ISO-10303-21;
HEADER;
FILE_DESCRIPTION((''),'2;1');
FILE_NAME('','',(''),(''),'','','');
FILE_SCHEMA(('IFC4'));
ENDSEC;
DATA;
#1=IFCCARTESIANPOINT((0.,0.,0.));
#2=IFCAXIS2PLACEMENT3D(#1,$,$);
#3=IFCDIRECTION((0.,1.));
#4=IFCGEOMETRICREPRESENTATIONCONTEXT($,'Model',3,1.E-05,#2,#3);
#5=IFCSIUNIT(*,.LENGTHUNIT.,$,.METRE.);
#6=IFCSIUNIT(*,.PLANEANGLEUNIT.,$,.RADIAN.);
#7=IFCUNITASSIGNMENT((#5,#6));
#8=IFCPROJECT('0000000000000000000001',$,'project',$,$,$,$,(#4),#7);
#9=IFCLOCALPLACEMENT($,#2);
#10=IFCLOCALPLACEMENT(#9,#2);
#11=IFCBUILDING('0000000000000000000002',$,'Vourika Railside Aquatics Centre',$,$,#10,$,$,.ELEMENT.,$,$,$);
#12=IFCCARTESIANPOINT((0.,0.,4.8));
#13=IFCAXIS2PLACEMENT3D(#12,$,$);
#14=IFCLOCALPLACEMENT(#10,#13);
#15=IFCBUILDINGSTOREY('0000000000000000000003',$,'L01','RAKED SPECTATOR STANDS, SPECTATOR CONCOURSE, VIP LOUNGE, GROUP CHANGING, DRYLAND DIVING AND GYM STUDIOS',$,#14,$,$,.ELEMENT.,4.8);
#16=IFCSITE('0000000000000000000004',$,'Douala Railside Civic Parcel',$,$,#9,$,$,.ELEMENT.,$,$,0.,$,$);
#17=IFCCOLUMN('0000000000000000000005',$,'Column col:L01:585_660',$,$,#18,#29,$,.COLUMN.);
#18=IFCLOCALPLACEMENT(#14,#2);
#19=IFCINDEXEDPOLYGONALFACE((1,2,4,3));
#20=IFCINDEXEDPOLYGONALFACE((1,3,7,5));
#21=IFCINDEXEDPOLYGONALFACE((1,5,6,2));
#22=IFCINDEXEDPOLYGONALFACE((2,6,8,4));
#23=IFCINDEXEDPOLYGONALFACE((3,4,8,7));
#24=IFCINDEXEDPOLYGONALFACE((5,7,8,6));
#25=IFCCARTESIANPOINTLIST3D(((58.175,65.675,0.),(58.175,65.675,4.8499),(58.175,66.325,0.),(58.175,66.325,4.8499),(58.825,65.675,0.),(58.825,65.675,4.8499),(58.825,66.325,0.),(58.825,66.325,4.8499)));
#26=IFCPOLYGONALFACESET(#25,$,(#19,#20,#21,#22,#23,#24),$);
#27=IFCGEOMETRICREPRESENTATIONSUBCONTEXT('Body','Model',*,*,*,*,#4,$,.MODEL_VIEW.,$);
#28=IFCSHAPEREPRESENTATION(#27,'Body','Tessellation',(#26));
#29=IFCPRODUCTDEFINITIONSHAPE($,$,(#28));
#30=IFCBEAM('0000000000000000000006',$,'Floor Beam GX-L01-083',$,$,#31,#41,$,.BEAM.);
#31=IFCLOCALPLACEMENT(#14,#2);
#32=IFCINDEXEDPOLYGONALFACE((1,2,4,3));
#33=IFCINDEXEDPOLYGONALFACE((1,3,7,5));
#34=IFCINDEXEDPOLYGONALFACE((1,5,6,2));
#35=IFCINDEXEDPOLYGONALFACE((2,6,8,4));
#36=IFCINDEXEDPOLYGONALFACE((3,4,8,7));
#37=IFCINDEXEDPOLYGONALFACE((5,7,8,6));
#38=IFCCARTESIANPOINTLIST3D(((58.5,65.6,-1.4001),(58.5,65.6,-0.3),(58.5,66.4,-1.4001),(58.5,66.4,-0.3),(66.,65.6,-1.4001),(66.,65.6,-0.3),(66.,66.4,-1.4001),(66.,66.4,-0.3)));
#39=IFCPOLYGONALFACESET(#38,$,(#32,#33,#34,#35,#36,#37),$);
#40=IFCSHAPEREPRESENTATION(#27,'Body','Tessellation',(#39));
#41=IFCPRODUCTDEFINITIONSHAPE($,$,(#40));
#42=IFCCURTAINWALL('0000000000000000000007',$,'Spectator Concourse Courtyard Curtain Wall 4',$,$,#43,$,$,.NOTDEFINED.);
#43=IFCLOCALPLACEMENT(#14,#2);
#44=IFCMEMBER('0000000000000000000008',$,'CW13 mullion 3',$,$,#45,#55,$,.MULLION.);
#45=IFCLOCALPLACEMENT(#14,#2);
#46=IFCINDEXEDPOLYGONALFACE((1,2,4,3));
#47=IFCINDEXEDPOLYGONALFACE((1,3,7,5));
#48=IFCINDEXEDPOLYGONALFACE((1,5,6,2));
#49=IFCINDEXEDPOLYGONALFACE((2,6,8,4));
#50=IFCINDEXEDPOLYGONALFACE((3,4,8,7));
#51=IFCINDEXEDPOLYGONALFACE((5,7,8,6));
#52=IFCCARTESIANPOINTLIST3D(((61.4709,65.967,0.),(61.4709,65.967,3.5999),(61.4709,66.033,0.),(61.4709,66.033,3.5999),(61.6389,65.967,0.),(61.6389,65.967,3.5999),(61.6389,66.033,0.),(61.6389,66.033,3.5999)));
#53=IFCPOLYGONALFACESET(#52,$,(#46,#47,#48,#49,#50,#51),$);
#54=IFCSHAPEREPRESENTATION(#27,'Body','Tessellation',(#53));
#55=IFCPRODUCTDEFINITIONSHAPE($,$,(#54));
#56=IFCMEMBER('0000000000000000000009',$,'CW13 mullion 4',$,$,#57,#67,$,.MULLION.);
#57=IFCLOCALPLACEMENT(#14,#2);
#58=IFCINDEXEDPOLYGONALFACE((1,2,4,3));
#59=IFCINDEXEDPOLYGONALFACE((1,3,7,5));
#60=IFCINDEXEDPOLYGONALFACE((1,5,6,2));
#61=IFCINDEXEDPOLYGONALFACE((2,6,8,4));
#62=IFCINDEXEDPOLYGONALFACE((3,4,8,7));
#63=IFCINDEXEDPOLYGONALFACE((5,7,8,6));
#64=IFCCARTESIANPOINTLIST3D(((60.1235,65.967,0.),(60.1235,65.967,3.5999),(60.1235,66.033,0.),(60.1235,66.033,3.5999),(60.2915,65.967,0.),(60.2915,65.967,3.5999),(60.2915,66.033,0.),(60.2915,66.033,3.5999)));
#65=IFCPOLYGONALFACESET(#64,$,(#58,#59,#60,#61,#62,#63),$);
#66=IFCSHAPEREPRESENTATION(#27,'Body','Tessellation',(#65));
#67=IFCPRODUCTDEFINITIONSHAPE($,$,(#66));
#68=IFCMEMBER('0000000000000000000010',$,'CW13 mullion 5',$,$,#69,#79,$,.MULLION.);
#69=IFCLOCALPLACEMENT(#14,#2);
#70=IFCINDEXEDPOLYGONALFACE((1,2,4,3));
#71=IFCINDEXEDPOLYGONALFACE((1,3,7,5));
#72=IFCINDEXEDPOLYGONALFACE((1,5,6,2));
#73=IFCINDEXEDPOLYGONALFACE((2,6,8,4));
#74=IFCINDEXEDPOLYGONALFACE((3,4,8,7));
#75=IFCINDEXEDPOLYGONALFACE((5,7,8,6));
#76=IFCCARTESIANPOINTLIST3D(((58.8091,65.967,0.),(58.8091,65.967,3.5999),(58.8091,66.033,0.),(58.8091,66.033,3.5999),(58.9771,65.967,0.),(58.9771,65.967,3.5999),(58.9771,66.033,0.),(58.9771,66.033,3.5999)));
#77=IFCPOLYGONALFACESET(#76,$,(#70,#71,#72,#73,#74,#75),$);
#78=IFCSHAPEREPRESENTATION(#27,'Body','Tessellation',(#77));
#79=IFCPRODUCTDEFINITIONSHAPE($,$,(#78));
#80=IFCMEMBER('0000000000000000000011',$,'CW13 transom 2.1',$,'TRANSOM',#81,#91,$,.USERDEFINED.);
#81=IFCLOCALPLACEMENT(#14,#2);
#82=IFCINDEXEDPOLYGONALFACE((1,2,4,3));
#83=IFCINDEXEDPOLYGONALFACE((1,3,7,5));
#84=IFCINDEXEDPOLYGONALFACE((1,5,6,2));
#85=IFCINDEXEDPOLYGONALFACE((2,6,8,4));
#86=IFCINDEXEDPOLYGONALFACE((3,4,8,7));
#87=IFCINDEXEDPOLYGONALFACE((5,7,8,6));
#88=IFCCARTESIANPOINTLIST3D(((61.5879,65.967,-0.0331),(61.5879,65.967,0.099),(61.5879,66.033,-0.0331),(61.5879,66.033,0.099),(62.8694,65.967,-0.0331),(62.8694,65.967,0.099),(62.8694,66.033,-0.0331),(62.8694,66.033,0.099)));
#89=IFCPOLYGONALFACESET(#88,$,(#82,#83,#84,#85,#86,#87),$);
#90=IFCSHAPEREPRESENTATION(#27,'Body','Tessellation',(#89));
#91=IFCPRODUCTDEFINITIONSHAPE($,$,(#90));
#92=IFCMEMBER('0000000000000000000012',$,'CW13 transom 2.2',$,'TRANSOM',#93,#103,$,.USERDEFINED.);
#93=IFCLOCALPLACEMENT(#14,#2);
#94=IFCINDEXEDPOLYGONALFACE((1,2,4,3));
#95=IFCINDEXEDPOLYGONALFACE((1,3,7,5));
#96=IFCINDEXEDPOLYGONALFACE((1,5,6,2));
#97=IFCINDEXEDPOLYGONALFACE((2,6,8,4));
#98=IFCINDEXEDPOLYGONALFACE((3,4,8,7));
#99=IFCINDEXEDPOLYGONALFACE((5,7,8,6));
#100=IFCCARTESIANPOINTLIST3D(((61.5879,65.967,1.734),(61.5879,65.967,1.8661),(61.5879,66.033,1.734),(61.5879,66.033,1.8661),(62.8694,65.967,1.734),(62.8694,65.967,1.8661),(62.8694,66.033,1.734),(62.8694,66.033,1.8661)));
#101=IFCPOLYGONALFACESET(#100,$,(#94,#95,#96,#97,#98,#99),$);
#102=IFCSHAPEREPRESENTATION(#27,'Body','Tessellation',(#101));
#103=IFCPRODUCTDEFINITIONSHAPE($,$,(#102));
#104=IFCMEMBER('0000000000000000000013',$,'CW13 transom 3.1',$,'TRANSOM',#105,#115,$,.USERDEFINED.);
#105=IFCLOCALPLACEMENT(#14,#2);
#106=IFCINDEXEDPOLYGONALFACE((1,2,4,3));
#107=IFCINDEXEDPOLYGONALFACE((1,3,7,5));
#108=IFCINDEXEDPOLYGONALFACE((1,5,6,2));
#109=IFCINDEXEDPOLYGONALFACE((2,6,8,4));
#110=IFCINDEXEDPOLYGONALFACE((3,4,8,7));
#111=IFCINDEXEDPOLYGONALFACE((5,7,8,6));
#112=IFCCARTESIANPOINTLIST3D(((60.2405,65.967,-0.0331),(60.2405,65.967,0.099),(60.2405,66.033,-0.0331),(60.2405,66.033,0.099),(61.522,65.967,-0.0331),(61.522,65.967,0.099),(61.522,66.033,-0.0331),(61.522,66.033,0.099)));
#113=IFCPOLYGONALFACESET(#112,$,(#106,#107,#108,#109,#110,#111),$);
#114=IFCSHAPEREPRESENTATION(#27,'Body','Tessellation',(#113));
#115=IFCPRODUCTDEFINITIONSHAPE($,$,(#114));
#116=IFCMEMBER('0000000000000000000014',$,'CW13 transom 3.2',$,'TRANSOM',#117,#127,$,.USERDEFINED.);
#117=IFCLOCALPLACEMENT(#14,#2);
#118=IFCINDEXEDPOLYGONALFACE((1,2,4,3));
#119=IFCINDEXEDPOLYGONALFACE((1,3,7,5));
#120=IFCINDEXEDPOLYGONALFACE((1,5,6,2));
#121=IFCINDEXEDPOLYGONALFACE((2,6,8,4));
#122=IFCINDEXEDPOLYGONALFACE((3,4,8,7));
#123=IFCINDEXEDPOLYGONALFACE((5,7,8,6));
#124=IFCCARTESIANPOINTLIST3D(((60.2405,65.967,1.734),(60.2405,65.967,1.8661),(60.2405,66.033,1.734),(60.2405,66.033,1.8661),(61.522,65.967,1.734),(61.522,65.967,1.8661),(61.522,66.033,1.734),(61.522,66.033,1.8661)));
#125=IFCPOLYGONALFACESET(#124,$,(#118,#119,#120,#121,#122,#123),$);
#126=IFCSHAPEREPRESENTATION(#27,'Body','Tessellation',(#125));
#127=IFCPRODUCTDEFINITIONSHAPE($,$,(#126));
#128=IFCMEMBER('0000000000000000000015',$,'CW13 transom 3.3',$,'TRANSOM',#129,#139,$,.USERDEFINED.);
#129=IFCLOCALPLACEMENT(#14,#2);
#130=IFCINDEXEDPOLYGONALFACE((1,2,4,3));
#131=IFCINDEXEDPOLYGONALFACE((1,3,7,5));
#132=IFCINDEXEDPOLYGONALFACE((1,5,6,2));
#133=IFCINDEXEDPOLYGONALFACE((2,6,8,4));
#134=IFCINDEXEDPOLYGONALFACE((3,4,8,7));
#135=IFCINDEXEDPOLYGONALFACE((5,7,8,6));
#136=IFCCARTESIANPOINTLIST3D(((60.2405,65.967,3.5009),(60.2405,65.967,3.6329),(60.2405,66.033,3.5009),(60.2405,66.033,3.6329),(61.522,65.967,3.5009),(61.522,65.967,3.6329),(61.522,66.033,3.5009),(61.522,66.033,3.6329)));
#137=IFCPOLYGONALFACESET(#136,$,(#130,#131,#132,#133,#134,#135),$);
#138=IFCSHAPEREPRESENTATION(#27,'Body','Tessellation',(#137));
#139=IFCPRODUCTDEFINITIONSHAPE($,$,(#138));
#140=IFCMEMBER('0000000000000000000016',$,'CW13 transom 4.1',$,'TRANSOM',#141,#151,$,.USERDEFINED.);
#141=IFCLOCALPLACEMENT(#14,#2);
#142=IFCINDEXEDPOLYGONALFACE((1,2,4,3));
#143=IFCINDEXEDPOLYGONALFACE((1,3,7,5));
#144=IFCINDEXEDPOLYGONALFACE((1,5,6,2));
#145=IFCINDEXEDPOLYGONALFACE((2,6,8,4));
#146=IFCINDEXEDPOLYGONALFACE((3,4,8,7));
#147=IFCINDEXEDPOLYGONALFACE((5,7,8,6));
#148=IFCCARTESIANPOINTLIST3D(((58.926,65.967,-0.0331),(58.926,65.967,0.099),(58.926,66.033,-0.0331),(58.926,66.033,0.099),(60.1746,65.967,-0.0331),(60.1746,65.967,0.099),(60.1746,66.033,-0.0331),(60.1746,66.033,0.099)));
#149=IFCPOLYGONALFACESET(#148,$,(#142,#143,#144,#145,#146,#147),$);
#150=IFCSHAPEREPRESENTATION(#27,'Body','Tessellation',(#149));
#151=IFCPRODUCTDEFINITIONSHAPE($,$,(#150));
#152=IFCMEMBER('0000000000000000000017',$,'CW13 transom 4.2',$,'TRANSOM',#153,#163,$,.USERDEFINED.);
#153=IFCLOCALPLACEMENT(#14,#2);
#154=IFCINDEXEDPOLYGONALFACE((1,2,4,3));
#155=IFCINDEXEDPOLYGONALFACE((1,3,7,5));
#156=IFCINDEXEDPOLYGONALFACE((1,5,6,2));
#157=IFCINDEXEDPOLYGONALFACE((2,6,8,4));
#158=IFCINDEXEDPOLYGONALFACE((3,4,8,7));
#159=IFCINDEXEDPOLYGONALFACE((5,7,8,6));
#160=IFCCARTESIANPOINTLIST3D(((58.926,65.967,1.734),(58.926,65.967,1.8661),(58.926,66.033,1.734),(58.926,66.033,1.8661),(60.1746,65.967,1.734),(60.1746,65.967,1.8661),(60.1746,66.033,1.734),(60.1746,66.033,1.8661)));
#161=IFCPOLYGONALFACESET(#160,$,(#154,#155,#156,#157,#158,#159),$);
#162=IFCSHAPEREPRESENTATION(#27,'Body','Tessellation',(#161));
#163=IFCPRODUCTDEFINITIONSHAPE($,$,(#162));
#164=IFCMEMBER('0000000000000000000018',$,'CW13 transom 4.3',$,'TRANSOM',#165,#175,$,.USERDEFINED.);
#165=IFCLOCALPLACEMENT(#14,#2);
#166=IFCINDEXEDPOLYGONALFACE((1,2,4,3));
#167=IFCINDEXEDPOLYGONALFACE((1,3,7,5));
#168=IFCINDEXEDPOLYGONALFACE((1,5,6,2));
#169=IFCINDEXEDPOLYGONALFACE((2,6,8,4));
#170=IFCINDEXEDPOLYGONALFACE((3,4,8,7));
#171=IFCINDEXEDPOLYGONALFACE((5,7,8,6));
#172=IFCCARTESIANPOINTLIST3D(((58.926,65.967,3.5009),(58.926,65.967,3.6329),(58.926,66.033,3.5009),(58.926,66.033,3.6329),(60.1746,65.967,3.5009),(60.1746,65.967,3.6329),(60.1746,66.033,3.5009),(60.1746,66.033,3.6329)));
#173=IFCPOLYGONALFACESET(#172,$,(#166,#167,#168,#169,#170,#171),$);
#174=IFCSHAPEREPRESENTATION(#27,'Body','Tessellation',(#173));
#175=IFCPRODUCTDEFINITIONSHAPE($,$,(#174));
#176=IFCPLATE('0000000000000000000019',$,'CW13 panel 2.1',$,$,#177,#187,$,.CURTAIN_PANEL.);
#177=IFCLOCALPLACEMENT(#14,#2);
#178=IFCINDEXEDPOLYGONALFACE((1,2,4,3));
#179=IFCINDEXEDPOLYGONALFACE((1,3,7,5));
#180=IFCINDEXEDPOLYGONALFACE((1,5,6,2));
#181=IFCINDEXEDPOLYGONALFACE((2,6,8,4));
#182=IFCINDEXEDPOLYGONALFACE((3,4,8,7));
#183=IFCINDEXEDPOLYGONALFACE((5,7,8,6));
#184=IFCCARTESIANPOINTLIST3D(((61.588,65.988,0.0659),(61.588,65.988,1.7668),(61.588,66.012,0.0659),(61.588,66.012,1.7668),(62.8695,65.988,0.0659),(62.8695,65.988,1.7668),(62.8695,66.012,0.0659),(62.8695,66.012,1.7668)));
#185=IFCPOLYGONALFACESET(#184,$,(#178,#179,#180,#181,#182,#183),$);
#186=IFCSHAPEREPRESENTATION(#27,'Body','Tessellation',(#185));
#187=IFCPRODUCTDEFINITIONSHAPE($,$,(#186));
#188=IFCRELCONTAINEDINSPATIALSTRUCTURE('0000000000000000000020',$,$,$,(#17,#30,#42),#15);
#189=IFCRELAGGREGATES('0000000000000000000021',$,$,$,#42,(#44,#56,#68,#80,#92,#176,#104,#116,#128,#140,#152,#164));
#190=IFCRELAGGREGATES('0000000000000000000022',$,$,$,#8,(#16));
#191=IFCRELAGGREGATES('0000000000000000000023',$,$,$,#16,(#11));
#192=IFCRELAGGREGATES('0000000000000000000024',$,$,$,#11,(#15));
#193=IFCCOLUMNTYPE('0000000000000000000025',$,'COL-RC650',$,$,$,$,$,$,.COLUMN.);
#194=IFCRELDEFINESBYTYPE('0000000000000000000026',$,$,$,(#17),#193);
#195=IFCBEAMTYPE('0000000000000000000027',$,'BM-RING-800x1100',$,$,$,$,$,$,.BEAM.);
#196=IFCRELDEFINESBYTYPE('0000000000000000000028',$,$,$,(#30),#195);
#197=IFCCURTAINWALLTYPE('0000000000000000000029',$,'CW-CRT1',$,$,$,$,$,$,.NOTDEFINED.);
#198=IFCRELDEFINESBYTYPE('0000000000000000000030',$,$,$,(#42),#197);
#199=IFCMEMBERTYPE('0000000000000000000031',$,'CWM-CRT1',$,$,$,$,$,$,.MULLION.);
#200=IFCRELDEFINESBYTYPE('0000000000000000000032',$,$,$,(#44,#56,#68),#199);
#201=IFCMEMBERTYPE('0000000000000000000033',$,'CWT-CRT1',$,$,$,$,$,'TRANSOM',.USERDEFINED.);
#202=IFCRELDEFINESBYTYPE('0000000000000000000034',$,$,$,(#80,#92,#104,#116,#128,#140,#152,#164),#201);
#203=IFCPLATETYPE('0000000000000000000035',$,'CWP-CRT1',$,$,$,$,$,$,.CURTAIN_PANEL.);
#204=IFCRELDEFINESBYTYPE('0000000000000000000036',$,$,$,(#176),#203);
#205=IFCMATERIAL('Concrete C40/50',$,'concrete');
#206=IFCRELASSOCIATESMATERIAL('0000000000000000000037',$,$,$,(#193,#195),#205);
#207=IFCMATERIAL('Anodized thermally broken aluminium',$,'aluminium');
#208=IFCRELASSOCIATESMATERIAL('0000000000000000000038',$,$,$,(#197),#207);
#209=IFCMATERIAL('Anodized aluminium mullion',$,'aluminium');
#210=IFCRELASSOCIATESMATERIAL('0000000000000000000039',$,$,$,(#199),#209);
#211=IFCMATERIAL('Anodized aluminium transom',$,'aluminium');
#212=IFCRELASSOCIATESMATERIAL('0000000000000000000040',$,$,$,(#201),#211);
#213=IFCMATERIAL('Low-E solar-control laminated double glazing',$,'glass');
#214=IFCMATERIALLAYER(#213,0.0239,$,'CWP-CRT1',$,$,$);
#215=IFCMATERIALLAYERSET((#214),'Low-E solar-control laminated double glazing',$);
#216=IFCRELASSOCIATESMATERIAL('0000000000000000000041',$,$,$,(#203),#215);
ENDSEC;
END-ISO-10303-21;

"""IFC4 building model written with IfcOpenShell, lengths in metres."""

from ifc_helpers import new_model, si_unit, direction, frame, origin, origin_2d, place, context, subcontext, project, spatial, rectangle, extrude, material, layer, layer_set, material_profile, profile_set, type_object, element, aggregate, save


model = new_model("IFC4")

# Units and contexts
model_context = context("Model", 3, precision=1e-05, world=origin(), true_north=direction((0.0, 1.0)))
body_context = subcontext(model_context, "Body", "Model", "MODEL_VIEW")
ifc_project = project(units=[si_unit("LENGTHUNIT", "METRE"), si_unit("PLANEANGLEUNIT", "RADIAN")], contexts=[model_context])

# Site, building, storey
site_placement = place(None, origin())
site = spatial("IfcSite", under=ifc_project, at=site_placement, Name="Douala Railside Civic Parcel", CompositionType="ELEMENT", RefElevation=0.0)
building_placement = place(site_placement, origin())
building = spatial("IfcBuilding", under=site, at=building_placement, Name="Vourika Railside Aquatics Centre", CompositionType="ELEMENT")
storey_placement = place(building_placement, frame((0.0, 0.0, 4.8)))
storey = spatial("IfcBuildingStorey", under=building, at=storey_placement, Name="L01", Description="RAKED SPECTATOR STANDS, SPECTATOR CONCOURSE, VIP LOUNGE, GROUP CHANGING, DRYLAND DIVING AND GYM STUDIOS", CompositionType="ELEMENT", Elevation=4.8)

# Column
ifc_material_1 = material(Name="Concrete C40/50", Category="concrete")
ifc_material_profile_1 = material_profile(ifc_material_1, rectangle(XDim=0.6499, YDim=0.6499, at=origin_2d()), Name="RC 650x650")
ifc_profile_set_1 = profile_set([ifc_material_profile_1], Name="Concrete C40/50")
column_type = type_object("IfcColumnType", Name="COL-RC650", PredefinedType="COLUMN", material=ifc_profile_set_1)
column_placement = place(storey_placement, frame((58.5, 66.0, 0.0), z_axis=(0.0, 0.0, 1.0), x_axis=(1.0, 0.0, 0.0)))
element("IfcColumn", 1, at=column_placement, inside=storey, type_object=column_type, Name="Column col:L01:585_660", PredefinedType="COLUMN", context=body_context, shape_type="SweptSolid", body=[
    extrude(rectangle(XDim=0.6499, YDim=0.6499, at=origin_2d()), origin(), (0.0, 0.0, 1.0), 4.8499),
])

# Beam
ifc_material_profile_2 = material_profile(ifc_material_1, rectangle(XDim=0.8, YDim=1.1001, at=origin_2d()), Name="RC 800x1100")
ifc_profile_set_2 = profile_set([ifc_material_profile_2], Name="Concrete C40/50")
beam_type = type_object("IfcBeamType", Name="BM-RING-800x1100", PredefinedType="BEAM", material=ifc_profile_set_2)
beam_placement = place(storey_placement, frame((58.5, 66.0, -0.8501), z_axis=(1.0, 0.0, 0.0), x_axis=(0.0, 1.0, 0.0)))
element("IfcBeam", 2, at=beam_placement, inside=storey, type_object=beam_type, Name="Floor Beam GX-L01-083", PredefinedType="BEAM", context=body_context, shape_type="SweptSolid", body=[
    extrude(rectangle(XDim=0.8, YDim=1.1001, at=origin_2d()), origin(), (0.0, 0.0, 1.0), 7.5),
])

# Curtain wall, members, plate
ifc_material_2 = material(Name="Anodized thermally broken aluminium", Category="aluminium")
curtain_wall_type = type_object("IfcCurtainWallType", Name="CW-CRT1", PredefinedType="NOTDEFINED", material=ifc_material_2)
curtain_wall_placement = place(storey_placement, origin())
curtain_wall = element("IfcCurtainWall", 3, at=curtain_wall_placement, inside=storey, type_object=curtain_wall_type, Name="Spectator Concourse Courtyard Curtain Wall 4", PredefinedType="NOTDEFINED")
ifc_material_3 = material(Name="Anodized aluminium mullion", Category="aluminium")
ifc_material_profile_3 = material_profile(ifc_material_3, rectangle(XDim=0.0659, YDim=0.168, at=origin_2d()), Name="ALU-M 66x168")
ifc_profile_set_3 = profile_set([ifc_material_profile_3], Name="Anodized aluminium mullion")
member_type_1 = type_object("IfcMemberType", Name="CWM-CRT1", PredefinedType="MULLION", material=ifc_profile_set_3)
member_1_placement = place(storey_placement, frame((61.5549, 66.0, 0.0), z_axis=(0.0, 0.0, 1.0), x_axis=(0.0, -1.0, 0.0)))
member_1 = element("IfcMember", 4, at=member_1_placement, type_object=member_type_1, Name="CW13 mullion 3", PredefinedType="MULLION", context=body_context, shape_type="SweptSolid", body=[
    extrude(rectangle(XDim=0.0659, YDim=0.168, at=origin_2d()), origin(), (0.0, 0.0, 1.0), 3.5999),
])
member_2_placement = place(storey_placement, frame((60.2075, 66.0, 0.0), z_axis=(0.0, 0.0, 1.0), x_axis=(0.0, -1.0, 0.0)))
member_2 = element("IfcMember", 5, at=member_2_placement, type_object=member_type_1, Name="CW13 mullion 4", PredefinedType="MULLION", context=body_context, shape_type="SweptSolid", body=[
    extrude(rectangle(XDim=0.0659, YDim=0.168, at=origin_2d()), origin(), (0.0, 0.0, 1.0), 3.5999),
])
member_3_placement = place(storey_placement, frame((58.8931, 66.0, 0.0), z_axis=(0.0, 0.0, 1.0), x_axis=(0.0, -1.0, 0.0)))
member_3 = element("IfcMember", 6, at=member_3_placement, type_object=member_type_1, Name="CW13 mullion 5", PredefinedType="MULLION", context=body_context, shape_type="SweptSolid", body=[
    extrude(rectangle(XDim=0.0659, YDim=0.168, at=origin_2d()), origin(), (0.0, 0.0, 1.0), 3.5999),
])
ifc_material_4 = material(Name="Anodized aluminium transom", Category="aluminium")
ifc_material_profile_4 = material_profile(ifc_material_4, rectangle(XDim=0.0659, YDim=0.1321, at=origin_2d()), Name="ALU-T 66x132")
ifc_profile_set_4 = profile_set([ifc_material_profile_4], Name="Anodized aluminium transom")
member_type_2 = type_object("IfcMemberType", Name="CWT-CRT1", ElementType="TRANSOM", PredefinedType="USERDEFINED", material=ifc_profile_set_4)
member_4_placement = place(storey_placement, frame((62.8694, 66.0, 0.033), z_axis=(-1.0, 0.0, 0.0), x_axis=(0.0, -1.0, 0.0)))
member_4 = element("IfcMember", 7, at=member_4_placement, type_object=member_type_2, Name="CW13 transom 2.1", ObjectType="TRANSOM", PredefinedType="USERDEFINED", context=body_context, shape_type="SweptSolid", body=[
    extrude(rectangle(XDim=0.0659, YDim=0.1321, at=origin_2d()), origin(), (0.0, 0.0, 1.0), 1.2815),
])
member_5_placement = place(storey_placement, frame((62.8694, 66.0, 1.8), z_axis=(-1.0, 0.0, 0.0), x_axis=(0.0, -1.0, 0.0)))
member_5 = element("IfcMember", 8, at=member_5_placement, type_object=member_type_2, Name="CW13 transom 2.2", ObjectType="TRANSOM", PredefinedType="USERDEFINED", context=body_context, shape_type="SweptSolid", body=[
    extrude(rectangle(XDim=0.0659, YDim=0.1321, at=origin_2d()), origin(), (0.0, 0.0, 1.0), 1.2815),
])
member_6_placement = place(storey_placement, frame((61.522, 66.0, 0.033), z_axis=(-1.0, 0.0, 0.0), x_axis=(0.0, -1.0, 0.0)))
member_6 = element("IfcMember", 9, at=member_6_placement, type_object=member_type_2, Name="CW13 transom 3.1", ObjectType="TRANSOM", PredefinedType="USERDEFINED", context=body_context, shape_type="SweptSolid", body=[
    extrude(rectangle(XDim=0.0659, YDim=0.1321, at=origin_2d()), origin(), (0.0, 0.0, 1.0), 1.2815),
])
member_7_placement = place(storey_placement, frame((61.522, 66.0, 1.8), z_axis=(-1.0, 0.0, 0.0), x_axis=(0.0, -1.0, 0.0)))
member_7 = element("IfcMember", 10, at=member_7_placement, type_object=member_type_2, Name="CW13 transom 3.2", ObjectType="TRANSOM", PredefinedType="USERDEFINED", context=body_context, shape_type="SweptSolid", body=[
    extrude(rectangle(XDim=0.0659, YDim=0.1321, at=origin_2d()), origin(), (0.0, 0.0, 1.0), 1.2815),
])
member_8_placement = place(storey_placement, frame((61.522, 66.0, 3.5669), z_axis=(-1.0, 0.0, 0.0), x_axis=(0.0, -1.0, 0.0)))
member_8 = element("IfcMember", 11, at=member_8_placement, type_object=member_type_2, Name="CW13 transom 3.3", ObjectType="TRANSOM", PredefinedType="USERDEFINED", context=body_context, shape_type="SweptSolid", body=[
    extrude(rectangle(XDim=0.0659, YDim=0.1321, at=origin_2d()), origin(), (0.0, 0.0, 1.0), 1.2815),
])
member_9_placement = place(storey_placement, frame((60.1746, 66.0, 0.033), z_axis=(-1.0, 0.0, 0.0), x_axis=(0.0, -1.0, 0.0)))
member_9 = element("IfcMember", 12, at=member_9_placement, type_object=member_type_2, Name="CW13 transom 4.1", ObjectType="TRANSOM", PredefinedType="USERDEFINED", context=body_context, shape_type="SweptSolid", body=[
    extrude(rectangle(XDim=0.0659, YDim=0.1321, at=origin_2d()), origin(), (0.0, 0.0, 1.0), 1.2485),
])
member_10_placement = place(storey_placement, frame((60.1746, 66.0, 1.8), z_axis=(-1.0, 0.0, 0.0), x_axis=(0.0, -1.0, 0.0)))
member_10 = element("IfcMember", 13, at=member_10_placement, type_object=member_type_2, Name="CW13 transom 4.2", ObjectType="TRANSOM", PredefinedType="USERDEFINED", context=body_context, shape_type="SweptSolid", body=[
    extrude(rectangle(XDim=0.0659, YDim=0.1321, at=origin_2d()), origin(), (0.0, 0.0, 1.0), 1.2485),
])
member_11_placement = place(storey_placement, frame((60.1746, 66.0, 3.5669), z_axis=(-1.0, 0.0, 0.0), x_axis=(0.0, -1.0, 0.0)))
member_11 = element("IfcMember", 14, at=member_11_placement, type_object=member_type_2, Name="CW13 transom 4.3", ObjectType="TRANSOM", PredefinedType="USERDEFINED", context=body_context, shape_type="SweptSolid", body=[
    extrude(rectangle(XDim=0.0659, YDim=0.1321, at=origin_2d()), origin(), (0.0, 0.0, 1.0), 1.2485),
])
ifc_material_5 = material(Name="Low-E solar-control laminated double glazing", Category="glass")
ifc_layer = layer(ifc_material_5, 0.0239, Name="CWP-CRT1")
ifc_layer_set = layer_set([ifc_layer], Name="Low-E solar-control laminated double glazing")
plate_type = type_object("IfcPlateType", Name="CWP-CRT1", PredefinedType="CURTAIN_PANEL", material=ifc_layer_set)
plate_1_placement = place(storey_placement, frame((62.2288, 66.0, 0.0659), z_axis=(0.0, 0.0, 1.0), x_axis=(-1.0, 0.0, 0.0)))
plate_1 = element("IfcPlate", 15, at=plate_1_placement, type_object=plate_type, Name="CW13 panel 2.1", PredefinedType="CURTAIN_PANEL", context=body_context, shape_type="SweptSolid", body=[
    extrude(rectangle(XDim=1.2815, YDim=0.0239, at=origin_2d()), origin(), (0.0, 0.0, 1.0), 1.7009),
])
aggregate(curtain_wall, [member_1, member_2, member_3, member_4, member_5, plate_1, member_6, member_7, member_8, member_9, member_10, member_11])

save(model, "model.ifc")
